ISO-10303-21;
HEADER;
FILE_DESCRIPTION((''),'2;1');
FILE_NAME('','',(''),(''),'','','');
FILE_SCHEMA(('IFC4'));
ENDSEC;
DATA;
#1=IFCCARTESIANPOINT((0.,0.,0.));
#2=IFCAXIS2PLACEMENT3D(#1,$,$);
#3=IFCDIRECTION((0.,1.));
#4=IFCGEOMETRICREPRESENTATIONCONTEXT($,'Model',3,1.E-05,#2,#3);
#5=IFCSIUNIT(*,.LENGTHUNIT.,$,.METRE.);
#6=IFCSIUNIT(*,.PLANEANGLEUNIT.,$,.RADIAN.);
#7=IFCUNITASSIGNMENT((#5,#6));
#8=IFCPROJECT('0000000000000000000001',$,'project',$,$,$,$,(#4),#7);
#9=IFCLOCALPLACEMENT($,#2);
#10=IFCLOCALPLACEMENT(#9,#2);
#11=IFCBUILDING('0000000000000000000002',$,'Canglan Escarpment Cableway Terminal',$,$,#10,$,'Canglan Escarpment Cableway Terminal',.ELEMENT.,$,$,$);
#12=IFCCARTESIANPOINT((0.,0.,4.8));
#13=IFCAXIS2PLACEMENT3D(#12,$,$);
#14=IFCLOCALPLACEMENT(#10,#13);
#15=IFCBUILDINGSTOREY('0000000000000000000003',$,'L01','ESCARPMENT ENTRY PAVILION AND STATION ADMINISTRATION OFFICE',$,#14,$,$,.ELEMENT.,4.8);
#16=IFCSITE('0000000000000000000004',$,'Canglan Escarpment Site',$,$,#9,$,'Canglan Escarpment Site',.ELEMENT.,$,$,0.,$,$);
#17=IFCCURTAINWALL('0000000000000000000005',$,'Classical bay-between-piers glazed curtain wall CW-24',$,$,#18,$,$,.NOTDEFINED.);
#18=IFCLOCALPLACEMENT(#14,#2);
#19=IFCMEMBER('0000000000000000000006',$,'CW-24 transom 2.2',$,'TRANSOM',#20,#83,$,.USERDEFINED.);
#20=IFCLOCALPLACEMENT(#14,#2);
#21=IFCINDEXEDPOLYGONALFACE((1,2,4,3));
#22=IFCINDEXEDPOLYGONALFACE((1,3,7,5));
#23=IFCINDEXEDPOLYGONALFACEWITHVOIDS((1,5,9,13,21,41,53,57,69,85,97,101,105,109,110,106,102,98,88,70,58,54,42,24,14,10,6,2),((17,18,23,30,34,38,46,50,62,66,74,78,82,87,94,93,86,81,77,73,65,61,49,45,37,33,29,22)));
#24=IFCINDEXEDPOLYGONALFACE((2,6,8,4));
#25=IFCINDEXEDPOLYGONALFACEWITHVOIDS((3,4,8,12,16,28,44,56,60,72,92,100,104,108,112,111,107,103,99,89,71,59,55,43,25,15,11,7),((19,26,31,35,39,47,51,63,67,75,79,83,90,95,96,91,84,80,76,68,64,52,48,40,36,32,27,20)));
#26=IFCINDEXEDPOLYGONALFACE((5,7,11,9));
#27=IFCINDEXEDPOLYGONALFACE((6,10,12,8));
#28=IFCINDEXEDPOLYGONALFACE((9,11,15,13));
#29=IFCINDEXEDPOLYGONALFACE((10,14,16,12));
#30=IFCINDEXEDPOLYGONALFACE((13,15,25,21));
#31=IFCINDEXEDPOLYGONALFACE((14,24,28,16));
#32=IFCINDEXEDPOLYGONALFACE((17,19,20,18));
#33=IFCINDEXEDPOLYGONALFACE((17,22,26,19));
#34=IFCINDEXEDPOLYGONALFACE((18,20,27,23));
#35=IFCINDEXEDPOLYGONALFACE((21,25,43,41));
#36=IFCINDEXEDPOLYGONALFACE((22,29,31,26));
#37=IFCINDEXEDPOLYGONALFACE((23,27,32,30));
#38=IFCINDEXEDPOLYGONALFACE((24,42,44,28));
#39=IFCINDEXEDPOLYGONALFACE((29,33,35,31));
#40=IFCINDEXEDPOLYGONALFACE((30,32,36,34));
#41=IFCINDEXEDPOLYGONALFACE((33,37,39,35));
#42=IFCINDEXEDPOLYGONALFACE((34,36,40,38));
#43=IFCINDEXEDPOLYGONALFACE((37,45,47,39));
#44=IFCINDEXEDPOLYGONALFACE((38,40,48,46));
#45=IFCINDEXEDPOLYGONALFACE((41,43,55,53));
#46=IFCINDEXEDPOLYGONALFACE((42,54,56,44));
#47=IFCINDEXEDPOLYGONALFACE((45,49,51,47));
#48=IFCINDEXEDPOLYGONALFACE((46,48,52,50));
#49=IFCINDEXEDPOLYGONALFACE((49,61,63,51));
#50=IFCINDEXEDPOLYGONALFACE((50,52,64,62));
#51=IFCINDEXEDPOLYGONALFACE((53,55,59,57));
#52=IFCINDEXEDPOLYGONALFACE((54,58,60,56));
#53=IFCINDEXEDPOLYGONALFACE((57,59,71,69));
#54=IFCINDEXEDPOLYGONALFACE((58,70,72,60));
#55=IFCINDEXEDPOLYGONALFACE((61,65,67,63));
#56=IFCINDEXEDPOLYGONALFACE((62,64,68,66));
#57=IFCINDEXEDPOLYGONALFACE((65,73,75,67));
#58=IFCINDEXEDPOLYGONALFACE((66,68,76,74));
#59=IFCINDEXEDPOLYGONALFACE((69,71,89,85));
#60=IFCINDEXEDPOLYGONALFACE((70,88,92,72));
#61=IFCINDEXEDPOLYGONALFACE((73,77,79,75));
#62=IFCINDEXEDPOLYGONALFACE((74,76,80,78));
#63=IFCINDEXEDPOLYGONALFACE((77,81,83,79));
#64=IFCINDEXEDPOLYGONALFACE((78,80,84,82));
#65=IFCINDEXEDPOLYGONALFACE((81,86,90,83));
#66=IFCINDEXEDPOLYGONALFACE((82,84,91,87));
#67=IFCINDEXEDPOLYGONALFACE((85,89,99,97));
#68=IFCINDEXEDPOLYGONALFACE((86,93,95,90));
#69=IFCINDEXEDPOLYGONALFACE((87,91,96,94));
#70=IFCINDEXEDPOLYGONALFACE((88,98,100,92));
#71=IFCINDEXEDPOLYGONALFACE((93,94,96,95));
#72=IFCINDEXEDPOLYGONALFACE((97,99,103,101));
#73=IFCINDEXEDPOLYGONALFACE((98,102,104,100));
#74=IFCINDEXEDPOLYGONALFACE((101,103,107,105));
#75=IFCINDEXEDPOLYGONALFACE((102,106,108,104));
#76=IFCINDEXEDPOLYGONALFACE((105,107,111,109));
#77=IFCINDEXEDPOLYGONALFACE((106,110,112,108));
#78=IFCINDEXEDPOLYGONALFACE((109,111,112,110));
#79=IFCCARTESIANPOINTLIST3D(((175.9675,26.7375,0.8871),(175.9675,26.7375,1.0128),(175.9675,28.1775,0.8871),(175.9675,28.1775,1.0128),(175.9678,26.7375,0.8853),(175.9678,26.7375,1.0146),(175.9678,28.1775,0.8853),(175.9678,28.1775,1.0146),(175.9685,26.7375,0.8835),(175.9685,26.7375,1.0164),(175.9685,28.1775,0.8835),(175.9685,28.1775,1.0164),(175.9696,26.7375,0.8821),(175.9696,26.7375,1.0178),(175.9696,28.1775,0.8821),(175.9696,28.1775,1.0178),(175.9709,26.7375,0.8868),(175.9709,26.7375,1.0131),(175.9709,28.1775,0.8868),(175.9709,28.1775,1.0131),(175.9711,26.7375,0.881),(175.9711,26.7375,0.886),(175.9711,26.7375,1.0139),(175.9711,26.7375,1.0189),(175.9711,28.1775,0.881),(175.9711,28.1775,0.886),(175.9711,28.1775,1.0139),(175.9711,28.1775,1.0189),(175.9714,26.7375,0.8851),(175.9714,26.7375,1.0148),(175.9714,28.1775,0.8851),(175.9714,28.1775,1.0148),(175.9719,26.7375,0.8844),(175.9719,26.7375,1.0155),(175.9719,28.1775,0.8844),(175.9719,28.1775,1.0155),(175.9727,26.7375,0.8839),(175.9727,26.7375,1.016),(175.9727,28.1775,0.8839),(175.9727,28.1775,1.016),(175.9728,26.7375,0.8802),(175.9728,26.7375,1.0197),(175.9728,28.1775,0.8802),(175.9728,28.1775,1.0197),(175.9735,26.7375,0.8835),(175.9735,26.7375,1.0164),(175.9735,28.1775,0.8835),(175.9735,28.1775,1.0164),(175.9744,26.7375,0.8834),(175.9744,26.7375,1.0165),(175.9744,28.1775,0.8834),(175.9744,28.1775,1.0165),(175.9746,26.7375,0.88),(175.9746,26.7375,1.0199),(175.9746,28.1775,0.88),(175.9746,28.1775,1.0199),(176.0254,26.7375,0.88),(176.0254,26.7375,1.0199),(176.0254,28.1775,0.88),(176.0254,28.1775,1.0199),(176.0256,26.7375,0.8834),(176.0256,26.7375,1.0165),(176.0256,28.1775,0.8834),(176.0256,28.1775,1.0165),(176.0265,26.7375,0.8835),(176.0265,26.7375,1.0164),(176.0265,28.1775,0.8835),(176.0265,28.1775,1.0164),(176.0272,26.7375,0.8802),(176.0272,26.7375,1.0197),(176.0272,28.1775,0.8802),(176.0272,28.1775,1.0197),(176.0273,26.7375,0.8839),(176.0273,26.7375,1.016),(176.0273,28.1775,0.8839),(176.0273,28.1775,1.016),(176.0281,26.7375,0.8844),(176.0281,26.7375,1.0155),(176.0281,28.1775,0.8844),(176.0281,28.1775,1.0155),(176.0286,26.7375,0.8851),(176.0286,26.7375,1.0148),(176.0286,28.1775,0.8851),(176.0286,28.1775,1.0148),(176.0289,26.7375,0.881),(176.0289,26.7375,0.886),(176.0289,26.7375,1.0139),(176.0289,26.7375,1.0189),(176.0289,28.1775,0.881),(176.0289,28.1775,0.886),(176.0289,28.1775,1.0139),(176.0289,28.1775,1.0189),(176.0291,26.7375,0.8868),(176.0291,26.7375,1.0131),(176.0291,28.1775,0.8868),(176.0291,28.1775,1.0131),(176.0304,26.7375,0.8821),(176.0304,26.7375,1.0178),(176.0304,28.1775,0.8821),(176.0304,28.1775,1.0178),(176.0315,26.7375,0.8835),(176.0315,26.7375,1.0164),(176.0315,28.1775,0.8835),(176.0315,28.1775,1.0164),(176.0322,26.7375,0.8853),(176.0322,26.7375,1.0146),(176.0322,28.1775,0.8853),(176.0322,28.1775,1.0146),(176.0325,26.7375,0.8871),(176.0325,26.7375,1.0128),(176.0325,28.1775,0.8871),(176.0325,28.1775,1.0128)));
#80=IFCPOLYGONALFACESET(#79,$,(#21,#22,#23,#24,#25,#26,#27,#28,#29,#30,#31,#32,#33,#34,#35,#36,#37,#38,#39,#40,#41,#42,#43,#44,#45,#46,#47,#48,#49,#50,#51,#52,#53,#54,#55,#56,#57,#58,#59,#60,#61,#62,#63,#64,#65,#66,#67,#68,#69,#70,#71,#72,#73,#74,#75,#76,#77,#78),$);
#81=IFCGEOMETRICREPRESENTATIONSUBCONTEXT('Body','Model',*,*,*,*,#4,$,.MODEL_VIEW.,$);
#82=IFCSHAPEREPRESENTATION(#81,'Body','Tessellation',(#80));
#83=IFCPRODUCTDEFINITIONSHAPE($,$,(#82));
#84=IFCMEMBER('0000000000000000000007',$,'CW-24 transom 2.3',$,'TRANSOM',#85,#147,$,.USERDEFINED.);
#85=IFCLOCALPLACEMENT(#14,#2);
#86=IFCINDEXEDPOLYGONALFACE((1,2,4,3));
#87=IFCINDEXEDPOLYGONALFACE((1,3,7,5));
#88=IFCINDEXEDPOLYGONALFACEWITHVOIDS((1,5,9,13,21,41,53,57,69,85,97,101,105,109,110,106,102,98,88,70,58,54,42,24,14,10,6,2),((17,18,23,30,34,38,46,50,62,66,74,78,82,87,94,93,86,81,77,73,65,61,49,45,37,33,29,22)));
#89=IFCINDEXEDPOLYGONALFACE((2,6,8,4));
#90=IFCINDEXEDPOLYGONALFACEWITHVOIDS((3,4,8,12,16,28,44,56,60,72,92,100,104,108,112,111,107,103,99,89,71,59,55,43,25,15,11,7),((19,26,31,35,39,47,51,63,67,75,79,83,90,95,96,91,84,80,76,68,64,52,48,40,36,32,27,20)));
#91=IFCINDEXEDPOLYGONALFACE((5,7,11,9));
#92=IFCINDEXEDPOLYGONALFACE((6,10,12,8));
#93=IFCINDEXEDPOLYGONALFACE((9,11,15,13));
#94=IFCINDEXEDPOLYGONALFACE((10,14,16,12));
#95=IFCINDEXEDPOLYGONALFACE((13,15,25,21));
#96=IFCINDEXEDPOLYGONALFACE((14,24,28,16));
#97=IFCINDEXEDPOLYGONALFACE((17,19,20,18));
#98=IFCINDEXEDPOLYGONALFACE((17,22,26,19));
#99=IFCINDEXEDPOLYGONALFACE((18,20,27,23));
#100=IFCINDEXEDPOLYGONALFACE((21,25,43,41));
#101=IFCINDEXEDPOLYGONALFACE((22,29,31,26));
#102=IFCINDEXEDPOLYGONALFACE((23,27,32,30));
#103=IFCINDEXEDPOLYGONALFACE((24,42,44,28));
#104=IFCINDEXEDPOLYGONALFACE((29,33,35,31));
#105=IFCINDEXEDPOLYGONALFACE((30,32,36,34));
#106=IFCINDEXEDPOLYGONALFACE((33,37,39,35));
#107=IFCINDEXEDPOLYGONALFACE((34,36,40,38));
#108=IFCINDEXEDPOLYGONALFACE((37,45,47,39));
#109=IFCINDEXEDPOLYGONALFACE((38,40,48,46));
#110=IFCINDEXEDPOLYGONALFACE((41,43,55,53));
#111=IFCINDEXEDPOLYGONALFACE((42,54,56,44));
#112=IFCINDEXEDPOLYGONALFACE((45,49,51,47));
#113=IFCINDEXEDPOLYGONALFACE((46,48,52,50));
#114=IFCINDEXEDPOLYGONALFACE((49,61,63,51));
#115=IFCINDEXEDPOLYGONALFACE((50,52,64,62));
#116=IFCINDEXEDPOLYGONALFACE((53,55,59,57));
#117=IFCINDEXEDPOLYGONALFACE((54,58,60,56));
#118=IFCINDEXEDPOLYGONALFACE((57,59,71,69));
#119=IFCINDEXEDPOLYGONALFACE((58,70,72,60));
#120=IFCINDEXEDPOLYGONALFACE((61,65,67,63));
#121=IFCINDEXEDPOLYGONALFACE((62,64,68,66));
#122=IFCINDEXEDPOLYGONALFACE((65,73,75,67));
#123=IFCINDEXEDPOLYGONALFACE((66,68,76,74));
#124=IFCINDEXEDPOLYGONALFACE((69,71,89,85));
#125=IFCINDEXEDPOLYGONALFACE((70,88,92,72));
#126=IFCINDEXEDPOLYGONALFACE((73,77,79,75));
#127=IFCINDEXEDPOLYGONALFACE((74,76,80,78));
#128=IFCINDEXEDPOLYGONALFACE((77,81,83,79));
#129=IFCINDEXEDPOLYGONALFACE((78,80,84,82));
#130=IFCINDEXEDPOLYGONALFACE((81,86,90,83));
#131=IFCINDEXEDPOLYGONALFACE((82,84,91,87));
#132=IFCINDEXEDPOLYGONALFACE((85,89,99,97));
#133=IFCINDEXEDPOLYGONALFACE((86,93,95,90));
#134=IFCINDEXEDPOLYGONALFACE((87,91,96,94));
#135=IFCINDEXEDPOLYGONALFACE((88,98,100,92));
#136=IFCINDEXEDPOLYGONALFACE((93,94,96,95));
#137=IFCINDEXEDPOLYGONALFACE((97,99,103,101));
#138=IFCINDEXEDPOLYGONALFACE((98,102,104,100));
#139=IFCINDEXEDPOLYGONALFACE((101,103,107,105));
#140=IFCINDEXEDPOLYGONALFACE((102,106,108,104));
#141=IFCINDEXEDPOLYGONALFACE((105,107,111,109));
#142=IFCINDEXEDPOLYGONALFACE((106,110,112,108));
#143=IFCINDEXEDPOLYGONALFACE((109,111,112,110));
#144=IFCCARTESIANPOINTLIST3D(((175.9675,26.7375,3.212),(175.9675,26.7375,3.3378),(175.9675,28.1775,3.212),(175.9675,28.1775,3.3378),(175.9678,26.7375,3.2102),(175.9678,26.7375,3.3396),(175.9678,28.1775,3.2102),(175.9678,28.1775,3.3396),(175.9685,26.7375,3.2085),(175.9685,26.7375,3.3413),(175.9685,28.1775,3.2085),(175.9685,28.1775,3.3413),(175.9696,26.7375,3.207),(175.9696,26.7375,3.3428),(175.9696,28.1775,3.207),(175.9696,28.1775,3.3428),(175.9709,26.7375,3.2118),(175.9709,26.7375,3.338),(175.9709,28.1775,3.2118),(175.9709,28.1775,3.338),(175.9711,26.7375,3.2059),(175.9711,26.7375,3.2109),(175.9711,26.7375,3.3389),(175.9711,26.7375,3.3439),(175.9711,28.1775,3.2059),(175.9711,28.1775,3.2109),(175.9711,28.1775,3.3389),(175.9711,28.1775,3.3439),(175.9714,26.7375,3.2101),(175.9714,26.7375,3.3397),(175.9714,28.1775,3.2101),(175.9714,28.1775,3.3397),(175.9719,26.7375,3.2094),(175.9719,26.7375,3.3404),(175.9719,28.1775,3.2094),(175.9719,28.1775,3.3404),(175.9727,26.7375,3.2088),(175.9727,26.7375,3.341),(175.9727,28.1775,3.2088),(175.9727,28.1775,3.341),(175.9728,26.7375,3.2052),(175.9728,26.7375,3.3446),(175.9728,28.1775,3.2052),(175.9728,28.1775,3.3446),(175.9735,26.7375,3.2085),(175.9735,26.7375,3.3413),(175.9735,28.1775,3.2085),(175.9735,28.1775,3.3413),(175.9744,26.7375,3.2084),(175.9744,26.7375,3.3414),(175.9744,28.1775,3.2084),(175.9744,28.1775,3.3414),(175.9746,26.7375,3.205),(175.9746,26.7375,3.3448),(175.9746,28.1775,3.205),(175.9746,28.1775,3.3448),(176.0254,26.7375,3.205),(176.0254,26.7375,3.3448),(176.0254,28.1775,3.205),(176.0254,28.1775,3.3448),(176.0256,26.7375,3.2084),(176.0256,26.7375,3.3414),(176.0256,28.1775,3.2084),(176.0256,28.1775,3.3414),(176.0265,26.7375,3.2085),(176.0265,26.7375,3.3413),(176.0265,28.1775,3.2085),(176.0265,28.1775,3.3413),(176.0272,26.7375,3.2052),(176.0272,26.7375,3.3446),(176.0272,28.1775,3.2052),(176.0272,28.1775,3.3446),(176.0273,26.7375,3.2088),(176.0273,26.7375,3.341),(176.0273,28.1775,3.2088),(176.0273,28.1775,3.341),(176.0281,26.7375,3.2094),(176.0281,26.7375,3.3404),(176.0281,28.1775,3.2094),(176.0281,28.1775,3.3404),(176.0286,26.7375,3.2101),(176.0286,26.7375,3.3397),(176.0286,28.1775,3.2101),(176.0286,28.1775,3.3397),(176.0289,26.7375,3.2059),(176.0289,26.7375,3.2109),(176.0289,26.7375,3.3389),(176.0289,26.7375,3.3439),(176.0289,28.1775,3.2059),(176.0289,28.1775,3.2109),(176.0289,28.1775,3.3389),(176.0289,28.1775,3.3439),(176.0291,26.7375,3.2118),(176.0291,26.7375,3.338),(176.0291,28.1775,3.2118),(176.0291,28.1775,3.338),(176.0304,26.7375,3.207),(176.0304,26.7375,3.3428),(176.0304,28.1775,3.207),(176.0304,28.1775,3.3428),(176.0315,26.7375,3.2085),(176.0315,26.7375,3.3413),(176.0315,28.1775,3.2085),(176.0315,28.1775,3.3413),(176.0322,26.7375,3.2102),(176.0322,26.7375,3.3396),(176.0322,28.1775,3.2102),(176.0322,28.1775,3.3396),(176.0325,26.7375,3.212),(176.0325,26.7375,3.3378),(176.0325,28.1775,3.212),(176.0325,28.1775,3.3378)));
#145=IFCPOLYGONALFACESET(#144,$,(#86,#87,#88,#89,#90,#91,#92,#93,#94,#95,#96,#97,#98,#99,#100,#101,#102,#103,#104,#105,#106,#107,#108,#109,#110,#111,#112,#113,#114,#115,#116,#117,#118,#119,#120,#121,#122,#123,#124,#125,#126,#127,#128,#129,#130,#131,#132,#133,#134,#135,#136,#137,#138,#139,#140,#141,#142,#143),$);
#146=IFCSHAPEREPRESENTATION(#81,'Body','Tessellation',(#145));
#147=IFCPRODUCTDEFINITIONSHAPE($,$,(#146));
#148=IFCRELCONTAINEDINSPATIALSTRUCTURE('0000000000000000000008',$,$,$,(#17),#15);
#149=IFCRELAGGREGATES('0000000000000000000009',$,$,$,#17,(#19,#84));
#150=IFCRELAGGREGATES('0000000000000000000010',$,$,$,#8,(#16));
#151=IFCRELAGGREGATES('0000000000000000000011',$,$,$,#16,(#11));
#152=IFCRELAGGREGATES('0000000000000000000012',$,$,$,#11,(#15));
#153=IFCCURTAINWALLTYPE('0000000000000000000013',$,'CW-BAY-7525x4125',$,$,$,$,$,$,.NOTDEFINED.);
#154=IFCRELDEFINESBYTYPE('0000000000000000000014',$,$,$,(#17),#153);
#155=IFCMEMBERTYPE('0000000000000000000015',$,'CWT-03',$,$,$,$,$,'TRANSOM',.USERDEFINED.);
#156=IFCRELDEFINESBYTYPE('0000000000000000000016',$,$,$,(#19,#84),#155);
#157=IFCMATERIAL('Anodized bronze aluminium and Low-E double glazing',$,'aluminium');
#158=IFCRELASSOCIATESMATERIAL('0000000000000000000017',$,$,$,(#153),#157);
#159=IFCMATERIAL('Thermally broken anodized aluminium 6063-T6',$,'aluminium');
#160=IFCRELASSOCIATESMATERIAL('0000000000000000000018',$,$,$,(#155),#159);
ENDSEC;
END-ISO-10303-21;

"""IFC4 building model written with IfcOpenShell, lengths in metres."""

from ifc_helpers import new_model, si_unit, direction, frame, origin, origin_2d, place, context, subcontext, project, spatial, hollow_rectangle, extrude, material, material_profile, profile_set, type_object, element, aggregate, save


model = new_model("IFC4")

# Units and contexts
model_context = context("Model", 3, precision=1e-05, world=origin(), true_north=direction((0.0, 1.0)))
body_context = subcontext(model_context, "Body", "Model", "MODEL_VIEW")
ifc_project = project(units=[si_unit("LENGTHUNIT", "METRE"), si_unit("PLANEANGLEUNIT", "RADIAN")], contexts=[model_context])

# Site, building, storey
site_placement = place(None, origin())
site = spatial("IfcSite", under=ifc_project, at=site_placement, Name="Canglan Escarpment Site", LongName="Canglan Escarpment Site", CompositionType="ELEMENT", RefElevation=0.0)
building_placement = place(site_placement, origin())
building = spatial("IfcBuilding", under=site, at=building_placement, Name="Canglan Escarpment Cableway Terminal", LongName="Canglan Escarpment Cableway Terminal", CompositionType="ELEMENT")
storey_placement = place(building_placement, frame((0.0, 0.0, 4.8)))
storey = spatial("IfcBuildingStorey", under=building, at=storey_placement, Name="L01", Description="ESCARPMENT ENTRY PAVILION AND STATION ADMINISTRATION OFFICE", CompositionType="ELEMENT", Elevation=4.8)

# Curtain wall, members
ifc_material_1 = material(Name="Anodized bronze aluminium and Low-E double glazing", Category="aluminium")
curtain_wall_type = type_object("IfcCurtainWallType", Name="CW-BAY-7525x4125", PredefinedType="NOTDEFINED", material=ifc_material_1)
curtain_wall_placement = place(storey_placement, origin())
curtain_wall = element("IfcCurtainWall", 1, at=curtain_wall_placement, inside=storey, type_object=curtain_wall_type, Name="Classical bay-between-piers glazed curtain wall CW-24", PredefinedType="NOTDEFINED")
ifc_material_2 = material(Name="Thermally broken anodized aluminium 6063-T6", Category="aluminium")
ifc_material_profile = material_profile(ifc_material_2, hollow_rectangle(XDim=0.0649, YDim=0.1399, WallThickness=0.0034, InnerFilletRadius=0.0034, OuterFilletRadius=0.0071, at=origin_2d()), Name="ALU-TRAN 65x140x3.5")
ifc_profile_set = profile_set([ifc_material_profile], Name="Thermally broken anodized aluminium 6063-T6")
member_type = type_object("IfcMemberType", Name="CWT-03", ElementType="TRANSOM", PredefinedType="USERDEFINED", material=ifc_profile_set)
member_1_placement = place(storey_placement, frame((176.0, 26.7375, 0.95), z_axis=(0.0, 1.0, 0.0), x_axis=(-1.0, 0.0, 0.0)))
member_1 = element("IfcMember", 2, at=member_1_placement, type_object=member_type, Name="CW-24 transom 2.2", ObjectType="TRANSOM", PredefinedType="USERDEFINED", context=body_context, shape_type="SweptSolid", body=[
    extrude(hollow_rectangle(XDim=0.0649, YDim=0.1399, WallThickness=0.0034, InnerFilletRadius=0.0034, OuterFilletRadius=0.0071, at=origin_2d()), origin(), (0.0, 0.0, 1.0), 1.4399),
])
member_2_placement = place(storey_placement, frame((176.0, 26.7375, 3.2749), z_axis=(0.0, 1.0, 0.0), x_axis=(-1.0, 0.0, 0.0)))
member_2 = element("IfcMember", 3, at=member_2_placement, type_object=member_type, Name="CW-24 transom 2.3", ObjectType="TRANSOM", PredefinedType="USERDEFINED", context=body_context, shape_type="SweptSolid", body=[
    extrude(hollow_rectangle(XDim=0.0649, YDim=0.1399, WallThickness=0.0034, InnerFilletRadius=0.0034, OuterFilletRadius=0.0071, at=origin_2d()), origin(), (0.0, 0.0, 1.0), 1.4399),
])
aggregate(curtain_wall, [member_1, member_2])

save(model, "model.ifc")
